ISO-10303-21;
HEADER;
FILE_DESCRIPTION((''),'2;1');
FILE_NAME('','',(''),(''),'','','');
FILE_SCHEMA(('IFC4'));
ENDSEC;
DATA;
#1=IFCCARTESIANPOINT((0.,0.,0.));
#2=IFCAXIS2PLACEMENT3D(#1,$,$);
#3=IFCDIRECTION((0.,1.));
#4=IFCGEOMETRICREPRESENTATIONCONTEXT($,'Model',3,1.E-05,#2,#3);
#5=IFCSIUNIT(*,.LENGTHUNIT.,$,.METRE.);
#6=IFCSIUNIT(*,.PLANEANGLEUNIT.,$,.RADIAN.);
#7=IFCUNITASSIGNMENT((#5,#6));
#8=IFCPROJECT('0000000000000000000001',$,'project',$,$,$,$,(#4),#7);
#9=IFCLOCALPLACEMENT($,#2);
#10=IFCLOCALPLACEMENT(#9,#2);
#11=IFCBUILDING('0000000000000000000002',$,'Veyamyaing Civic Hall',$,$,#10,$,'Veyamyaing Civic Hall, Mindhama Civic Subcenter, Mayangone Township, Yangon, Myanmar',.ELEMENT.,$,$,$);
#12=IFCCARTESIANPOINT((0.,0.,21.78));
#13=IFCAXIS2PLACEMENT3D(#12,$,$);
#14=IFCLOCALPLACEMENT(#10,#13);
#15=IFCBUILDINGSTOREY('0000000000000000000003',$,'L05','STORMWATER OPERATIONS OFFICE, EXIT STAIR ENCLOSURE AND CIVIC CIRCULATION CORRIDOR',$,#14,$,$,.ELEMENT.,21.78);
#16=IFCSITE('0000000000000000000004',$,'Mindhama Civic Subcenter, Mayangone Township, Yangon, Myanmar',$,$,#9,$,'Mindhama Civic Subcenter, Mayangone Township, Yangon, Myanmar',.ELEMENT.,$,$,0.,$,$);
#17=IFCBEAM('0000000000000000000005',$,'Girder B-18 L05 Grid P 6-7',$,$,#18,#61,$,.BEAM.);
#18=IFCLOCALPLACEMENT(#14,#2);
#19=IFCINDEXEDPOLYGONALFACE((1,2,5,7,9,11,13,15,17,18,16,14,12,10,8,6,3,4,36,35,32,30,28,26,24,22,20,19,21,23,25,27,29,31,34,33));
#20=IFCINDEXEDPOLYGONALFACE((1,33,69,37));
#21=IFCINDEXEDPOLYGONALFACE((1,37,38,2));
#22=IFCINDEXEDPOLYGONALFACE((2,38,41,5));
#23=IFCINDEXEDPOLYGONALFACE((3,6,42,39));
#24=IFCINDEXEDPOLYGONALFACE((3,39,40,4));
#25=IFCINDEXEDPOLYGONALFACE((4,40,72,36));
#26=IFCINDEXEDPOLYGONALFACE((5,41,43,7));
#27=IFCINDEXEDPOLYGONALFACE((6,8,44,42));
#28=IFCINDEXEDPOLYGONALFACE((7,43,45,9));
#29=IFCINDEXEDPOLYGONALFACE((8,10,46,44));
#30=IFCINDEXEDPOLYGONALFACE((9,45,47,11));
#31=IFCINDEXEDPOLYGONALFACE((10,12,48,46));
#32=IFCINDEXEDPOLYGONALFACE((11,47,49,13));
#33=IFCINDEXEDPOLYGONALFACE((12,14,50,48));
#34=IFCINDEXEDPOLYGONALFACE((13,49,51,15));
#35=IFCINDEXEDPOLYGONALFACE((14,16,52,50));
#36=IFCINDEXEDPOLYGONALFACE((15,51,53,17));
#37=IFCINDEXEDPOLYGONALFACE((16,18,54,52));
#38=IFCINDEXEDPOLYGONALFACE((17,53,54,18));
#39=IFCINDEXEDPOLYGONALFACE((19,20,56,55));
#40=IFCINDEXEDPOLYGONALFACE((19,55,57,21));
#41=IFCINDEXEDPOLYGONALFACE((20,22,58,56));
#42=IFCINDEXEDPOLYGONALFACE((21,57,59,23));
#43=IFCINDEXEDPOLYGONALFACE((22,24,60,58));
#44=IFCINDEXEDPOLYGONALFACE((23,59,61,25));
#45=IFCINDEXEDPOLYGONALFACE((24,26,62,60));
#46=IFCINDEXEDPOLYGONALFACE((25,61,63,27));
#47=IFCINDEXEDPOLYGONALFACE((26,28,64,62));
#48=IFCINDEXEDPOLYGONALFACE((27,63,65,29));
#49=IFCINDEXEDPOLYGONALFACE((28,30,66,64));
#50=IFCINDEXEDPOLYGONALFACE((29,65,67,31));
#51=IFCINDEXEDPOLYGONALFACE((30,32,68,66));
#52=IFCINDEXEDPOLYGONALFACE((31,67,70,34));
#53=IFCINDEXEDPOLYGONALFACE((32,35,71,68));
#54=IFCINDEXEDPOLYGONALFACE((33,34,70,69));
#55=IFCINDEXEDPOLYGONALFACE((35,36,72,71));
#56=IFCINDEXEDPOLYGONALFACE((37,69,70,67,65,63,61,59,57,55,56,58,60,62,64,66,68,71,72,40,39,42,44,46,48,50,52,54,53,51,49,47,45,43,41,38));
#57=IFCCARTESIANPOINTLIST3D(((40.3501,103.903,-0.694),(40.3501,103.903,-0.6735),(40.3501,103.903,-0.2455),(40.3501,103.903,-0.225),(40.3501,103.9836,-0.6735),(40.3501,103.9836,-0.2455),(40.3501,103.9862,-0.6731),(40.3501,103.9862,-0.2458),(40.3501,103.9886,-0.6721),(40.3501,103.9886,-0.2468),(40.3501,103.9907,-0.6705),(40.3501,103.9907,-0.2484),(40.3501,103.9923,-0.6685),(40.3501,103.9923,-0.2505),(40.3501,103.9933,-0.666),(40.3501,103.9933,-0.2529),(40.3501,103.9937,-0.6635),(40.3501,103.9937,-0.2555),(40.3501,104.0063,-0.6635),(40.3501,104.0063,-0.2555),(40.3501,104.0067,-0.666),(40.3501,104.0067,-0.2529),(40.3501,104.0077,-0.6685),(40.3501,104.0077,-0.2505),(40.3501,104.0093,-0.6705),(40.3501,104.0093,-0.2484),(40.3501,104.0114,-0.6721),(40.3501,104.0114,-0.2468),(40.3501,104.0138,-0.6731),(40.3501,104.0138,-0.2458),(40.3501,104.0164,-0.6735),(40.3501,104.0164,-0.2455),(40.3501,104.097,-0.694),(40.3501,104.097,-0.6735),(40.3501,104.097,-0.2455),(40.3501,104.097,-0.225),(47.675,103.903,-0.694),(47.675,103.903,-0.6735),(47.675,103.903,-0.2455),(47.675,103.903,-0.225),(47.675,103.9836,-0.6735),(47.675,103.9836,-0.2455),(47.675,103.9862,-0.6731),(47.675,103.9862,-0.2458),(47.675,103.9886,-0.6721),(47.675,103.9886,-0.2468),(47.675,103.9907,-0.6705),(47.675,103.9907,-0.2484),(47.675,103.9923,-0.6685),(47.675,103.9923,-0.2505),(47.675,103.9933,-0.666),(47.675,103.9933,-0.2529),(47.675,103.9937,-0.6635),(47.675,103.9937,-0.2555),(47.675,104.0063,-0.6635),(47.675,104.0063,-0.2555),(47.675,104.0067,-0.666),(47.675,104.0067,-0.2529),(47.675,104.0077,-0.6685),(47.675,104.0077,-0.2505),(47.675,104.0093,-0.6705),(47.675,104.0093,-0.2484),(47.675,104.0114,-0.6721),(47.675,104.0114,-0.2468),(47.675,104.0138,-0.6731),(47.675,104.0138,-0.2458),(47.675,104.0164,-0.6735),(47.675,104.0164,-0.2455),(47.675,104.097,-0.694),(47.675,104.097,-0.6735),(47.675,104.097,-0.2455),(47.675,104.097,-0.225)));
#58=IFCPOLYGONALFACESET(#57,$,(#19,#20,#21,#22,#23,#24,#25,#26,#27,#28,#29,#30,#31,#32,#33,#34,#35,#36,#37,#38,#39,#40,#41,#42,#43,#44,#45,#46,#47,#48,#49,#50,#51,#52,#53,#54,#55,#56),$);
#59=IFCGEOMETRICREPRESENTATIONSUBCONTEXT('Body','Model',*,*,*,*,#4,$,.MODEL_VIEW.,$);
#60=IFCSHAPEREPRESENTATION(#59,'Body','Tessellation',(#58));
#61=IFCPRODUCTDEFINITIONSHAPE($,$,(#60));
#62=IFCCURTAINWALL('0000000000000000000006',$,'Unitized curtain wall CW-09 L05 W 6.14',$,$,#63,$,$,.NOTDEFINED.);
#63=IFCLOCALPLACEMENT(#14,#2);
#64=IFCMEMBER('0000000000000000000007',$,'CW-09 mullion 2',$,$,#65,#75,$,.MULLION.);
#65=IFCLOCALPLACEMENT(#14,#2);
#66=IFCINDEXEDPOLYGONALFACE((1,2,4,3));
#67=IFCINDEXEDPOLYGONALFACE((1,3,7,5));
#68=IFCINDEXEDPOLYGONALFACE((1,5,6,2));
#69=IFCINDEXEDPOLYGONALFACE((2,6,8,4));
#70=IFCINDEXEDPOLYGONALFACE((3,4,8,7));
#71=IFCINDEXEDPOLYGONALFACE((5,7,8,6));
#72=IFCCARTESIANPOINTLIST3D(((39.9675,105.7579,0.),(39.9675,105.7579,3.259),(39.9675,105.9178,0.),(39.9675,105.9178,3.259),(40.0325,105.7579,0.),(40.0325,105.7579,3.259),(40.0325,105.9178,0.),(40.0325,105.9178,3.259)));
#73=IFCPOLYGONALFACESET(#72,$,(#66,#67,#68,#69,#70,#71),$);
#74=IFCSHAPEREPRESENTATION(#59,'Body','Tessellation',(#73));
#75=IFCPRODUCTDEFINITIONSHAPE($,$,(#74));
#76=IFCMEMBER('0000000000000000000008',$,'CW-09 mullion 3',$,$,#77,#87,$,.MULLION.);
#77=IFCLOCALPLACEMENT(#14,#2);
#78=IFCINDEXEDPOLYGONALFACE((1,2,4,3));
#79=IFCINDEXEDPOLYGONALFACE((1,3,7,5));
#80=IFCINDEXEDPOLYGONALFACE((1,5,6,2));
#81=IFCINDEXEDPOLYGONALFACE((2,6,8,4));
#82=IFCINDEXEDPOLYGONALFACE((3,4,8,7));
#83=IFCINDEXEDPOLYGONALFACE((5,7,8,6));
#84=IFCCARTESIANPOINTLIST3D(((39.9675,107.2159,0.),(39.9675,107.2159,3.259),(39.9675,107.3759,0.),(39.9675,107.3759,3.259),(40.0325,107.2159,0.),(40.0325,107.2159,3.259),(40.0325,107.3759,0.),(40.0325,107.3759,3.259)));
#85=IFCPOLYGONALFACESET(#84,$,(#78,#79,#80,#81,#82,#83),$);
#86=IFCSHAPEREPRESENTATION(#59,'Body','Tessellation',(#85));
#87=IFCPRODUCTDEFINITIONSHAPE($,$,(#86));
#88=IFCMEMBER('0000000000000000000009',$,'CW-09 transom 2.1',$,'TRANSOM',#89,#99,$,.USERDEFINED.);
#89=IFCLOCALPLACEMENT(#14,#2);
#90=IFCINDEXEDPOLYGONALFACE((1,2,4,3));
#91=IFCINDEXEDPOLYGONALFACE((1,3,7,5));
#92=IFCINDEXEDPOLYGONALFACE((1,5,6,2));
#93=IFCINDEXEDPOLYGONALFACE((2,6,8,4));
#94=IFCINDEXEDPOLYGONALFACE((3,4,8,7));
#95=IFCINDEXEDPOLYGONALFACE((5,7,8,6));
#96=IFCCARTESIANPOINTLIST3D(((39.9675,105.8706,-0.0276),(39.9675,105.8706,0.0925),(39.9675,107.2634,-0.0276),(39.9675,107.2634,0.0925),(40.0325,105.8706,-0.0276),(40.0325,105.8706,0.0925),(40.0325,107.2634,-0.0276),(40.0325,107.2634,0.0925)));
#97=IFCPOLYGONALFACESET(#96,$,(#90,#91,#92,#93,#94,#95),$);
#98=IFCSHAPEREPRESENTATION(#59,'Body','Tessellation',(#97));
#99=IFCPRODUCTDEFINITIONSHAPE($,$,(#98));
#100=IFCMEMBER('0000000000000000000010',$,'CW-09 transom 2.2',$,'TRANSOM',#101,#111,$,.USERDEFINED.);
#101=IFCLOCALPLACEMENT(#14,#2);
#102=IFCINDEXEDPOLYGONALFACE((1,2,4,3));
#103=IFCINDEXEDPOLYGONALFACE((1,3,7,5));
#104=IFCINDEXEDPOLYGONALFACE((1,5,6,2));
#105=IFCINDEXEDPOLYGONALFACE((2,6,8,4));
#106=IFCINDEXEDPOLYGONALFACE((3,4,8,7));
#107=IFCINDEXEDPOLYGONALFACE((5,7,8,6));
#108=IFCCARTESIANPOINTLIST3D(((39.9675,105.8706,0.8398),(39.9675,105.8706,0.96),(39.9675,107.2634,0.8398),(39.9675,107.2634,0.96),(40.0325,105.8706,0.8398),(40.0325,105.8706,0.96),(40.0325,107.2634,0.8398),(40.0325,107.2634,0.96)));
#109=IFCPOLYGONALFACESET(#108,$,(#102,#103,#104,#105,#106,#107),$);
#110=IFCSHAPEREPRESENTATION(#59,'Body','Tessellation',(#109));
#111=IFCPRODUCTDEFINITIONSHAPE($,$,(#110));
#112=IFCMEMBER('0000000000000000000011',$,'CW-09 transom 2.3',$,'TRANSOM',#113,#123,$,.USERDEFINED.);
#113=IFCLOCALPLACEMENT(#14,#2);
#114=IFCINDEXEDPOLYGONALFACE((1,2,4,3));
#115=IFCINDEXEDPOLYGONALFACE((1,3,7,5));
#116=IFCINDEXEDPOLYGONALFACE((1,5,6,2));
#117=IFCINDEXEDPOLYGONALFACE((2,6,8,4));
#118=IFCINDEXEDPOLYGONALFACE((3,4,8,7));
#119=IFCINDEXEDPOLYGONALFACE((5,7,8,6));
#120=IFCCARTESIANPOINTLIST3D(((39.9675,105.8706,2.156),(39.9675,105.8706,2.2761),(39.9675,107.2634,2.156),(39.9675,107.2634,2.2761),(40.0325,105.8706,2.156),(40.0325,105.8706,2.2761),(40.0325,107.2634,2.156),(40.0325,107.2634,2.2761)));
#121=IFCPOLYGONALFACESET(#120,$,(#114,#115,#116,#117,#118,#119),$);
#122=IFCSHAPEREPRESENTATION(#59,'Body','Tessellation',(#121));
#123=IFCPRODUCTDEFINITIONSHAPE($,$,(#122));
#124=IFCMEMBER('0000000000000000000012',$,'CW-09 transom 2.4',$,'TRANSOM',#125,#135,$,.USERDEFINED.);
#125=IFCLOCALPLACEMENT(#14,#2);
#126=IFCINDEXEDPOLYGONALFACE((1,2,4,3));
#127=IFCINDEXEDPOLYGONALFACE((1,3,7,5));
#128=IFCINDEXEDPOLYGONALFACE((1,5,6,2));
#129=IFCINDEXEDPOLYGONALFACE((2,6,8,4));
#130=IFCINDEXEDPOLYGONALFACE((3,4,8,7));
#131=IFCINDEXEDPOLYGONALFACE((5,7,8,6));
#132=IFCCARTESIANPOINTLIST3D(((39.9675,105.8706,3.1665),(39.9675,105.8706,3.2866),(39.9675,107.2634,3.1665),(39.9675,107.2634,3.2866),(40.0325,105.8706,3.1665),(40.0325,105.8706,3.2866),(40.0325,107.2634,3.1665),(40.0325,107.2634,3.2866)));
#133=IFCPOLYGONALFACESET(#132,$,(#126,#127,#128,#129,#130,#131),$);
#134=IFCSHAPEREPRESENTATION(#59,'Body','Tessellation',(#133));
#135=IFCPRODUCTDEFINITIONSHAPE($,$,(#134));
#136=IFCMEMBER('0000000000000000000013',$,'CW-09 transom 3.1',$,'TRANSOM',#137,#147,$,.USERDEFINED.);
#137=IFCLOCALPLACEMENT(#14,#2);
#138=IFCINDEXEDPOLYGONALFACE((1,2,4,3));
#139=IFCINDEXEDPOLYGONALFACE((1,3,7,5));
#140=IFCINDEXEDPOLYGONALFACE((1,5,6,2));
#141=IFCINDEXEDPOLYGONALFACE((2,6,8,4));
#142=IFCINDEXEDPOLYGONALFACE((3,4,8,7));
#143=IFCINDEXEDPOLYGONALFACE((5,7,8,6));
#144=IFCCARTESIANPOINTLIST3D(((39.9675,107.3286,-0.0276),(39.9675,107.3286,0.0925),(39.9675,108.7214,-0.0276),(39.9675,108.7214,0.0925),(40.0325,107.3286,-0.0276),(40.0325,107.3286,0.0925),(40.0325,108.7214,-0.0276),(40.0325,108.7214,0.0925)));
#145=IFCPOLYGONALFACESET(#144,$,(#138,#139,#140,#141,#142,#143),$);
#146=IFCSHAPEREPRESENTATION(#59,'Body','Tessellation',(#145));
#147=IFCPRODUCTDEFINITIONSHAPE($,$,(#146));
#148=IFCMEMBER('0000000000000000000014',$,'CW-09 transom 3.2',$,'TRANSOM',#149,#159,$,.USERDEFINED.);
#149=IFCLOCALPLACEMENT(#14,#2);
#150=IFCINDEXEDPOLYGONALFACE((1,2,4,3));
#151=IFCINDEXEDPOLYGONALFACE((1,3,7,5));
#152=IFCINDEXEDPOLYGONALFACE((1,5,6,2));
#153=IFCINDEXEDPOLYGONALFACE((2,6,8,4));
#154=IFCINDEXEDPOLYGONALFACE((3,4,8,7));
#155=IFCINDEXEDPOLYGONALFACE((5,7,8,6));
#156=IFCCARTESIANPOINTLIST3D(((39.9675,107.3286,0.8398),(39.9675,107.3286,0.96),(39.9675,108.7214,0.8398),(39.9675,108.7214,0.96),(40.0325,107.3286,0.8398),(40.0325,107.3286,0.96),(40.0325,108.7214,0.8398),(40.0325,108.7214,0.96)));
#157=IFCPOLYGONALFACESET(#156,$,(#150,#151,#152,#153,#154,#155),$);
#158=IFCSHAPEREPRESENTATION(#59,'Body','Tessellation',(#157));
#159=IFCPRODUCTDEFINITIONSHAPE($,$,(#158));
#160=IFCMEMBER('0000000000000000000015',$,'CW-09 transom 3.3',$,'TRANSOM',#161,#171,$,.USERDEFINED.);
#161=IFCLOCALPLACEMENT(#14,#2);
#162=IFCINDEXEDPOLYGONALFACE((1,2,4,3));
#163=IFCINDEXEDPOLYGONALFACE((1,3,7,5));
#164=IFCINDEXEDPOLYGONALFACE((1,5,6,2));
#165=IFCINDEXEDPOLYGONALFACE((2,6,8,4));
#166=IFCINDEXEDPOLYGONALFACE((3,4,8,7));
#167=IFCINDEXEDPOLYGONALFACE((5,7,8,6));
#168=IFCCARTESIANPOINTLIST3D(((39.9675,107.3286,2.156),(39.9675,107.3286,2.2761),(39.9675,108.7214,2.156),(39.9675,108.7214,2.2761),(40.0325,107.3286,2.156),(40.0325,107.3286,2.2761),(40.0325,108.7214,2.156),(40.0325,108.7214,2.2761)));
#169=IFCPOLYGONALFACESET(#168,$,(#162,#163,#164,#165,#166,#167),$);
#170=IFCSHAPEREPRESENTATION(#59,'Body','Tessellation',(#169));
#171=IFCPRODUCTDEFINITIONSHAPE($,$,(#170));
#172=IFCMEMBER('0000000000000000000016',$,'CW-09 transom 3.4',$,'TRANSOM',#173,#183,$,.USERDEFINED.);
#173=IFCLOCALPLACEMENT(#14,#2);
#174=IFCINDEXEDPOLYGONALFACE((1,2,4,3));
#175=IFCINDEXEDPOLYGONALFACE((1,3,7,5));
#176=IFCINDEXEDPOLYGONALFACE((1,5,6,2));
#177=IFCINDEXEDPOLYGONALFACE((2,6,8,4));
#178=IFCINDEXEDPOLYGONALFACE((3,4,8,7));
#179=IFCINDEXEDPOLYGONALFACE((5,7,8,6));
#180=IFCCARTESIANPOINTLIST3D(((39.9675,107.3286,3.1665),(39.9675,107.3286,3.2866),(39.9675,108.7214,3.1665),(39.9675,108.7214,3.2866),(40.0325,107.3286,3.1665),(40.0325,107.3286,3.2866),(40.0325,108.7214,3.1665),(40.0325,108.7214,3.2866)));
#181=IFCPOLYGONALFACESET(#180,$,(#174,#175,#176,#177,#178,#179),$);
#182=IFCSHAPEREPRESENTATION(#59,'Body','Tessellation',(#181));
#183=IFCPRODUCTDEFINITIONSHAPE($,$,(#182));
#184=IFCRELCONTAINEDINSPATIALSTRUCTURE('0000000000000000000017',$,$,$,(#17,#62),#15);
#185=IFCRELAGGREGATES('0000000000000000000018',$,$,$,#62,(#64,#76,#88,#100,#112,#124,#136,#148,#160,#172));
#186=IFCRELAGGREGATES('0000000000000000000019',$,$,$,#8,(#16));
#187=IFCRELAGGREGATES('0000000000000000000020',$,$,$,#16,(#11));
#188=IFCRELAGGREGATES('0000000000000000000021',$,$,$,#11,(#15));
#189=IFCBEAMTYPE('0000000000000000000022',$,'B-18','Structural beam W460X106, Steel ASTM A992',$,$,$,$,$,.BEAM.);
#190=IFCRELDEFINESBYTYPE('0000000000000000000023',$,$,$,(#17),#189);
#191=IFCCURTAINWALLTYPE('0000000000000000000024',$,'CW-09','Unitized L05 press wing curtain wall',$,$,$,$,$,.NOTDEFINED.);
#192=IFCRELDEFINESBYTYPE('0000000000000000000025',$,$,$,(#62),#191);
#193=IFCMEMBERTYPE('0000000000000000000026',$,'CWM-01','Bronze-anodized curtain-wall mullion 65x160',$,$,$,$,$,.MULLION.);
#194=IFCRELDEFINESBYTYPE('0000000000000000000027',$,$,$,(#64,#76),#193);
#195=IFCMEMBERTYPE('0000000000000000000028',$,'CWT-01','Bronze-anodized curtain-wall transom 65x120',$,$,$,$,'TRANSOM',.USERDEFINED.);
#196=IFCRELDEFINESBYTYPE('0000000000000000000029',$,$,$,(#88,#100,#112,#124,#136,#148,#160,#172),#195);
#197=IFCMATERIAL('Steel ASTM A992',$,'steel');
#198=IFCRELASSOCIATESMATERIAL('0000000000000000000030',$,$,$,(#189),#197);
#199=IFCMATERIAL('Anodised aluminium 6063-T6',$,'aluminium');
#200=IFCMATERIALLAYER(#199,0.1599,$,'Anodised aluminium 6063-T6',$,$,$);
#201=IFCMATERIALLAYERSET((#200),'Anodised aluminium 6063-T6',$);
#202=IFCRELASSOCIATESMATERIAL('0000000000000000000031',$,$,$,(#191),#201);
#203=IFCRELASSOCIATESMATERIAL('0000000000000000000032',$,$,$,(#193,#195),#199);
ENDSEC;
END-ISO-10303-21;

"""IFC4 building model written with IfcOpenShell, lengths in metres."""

from ifc_helpers import new_model, si_unit, direction, frame, origin, origin_2d, place, context, subcontext, project, spatial, rectangle, i_section, extrude, material, layer, layer_set, material_profile, profile_set, type_object, element, aggregate, save


model = new_model("IFC4")

# Units and contexts
model_context = context("Model", 3, precision=1e-05, world=origin(), true_north=direction((0.0, 1.0)))
body_context = subcontext(model_context, "Body", "Model", "MODEL_VIEW")
ifc_project = project(units=[si_unit("LENGTHUNIT", "METRE"), si_unit("PLANEANGLEUNIT", "RADIAN")], contexts=[model_context])

# Site, building, storey
site_placement = place(None, origin())
site = spatial("IfcSite", under=ifc_project, at=site_placement, Name="Mindhama Civic Subcenter, Mayangone Township, Yangon, Myanmar", LongName="Mindhama Civic Subcenter, Mayangone Township, Yangon, Myanmar", CompositionType="ELEMENT", RefElevation=0.0)
building_placement = place(site_placement, origin())
building = spatial("IfcBuilding", under=site, at=building_placement, Name="Veyamyaing Civic Hall", LongName="Veyamyaing Civic Hall, Mindhama Civic Subcenter, Mayangone Township, Yangon, Myanmar", CompositionType="ELEMENT")
storey_placement = place(building_placement, frame((0.0, 0.0, 21.78)))
storey = spatial("IfcBuildingStorey", under=building, at=storey_placement, Name="L05", Description="STORMWATER OPERATIONS OFFICE, EXIT STAIR ENCLOSURE AND CIVIC CIRCULATION CORRIDOR", CompositionType="ELEMENT", Elevation=21.78)

# Beam
ifc_material_1 = material(Name="Steel ASTM A992", Category="steel")
ifc_material_profile_1 = material_profile(ifc_material_1, i_section(OverallWidth=0.1941, OverallDepth=0.469, WebThickness=0.0127, FlangeThickness=0.0205, FilletRadius=0.01, at=origin_2d()), Name="W460X106")
ifc_profile_set_1 = profile_set([ifc_material_profile_1], Name="Steel ASTM A992")
beam_type_1 = type_object("IfcBeamType", Name="B-18", Description="Structural beam W460X106, Steel ASTM A992", PredefinedType="BEAM", material=ifc_profile_set_1)
beam_1_placement = place(storey_placement, frame((40.3501, 104.0, -0.4595), z_axis=(1.0, 0.0, 0.0), x_axis=(0.0, 1.0, 0.0)))
element("IfcBeam", 1, at=beam_1_placement, inside=storey, type_object=beam_type_1, Name="Girder B-18 L05 Grid P 6-7", PredefinedType="BEAM", context=body_context, shape_type="SweptSolid", body=[
    extrude(i_section(OverallWidth=0.1941, OverallDepth=0.469, WebThickness=0.0127, FlangeThickness=0.0205, FilletRadius=0.01, at=origin_2d()), origin(), (0.0, 0.0, 1.0), 7.325),
])

# Curtain wall, members
ifc_material_2 = material(Name="Anodised aluminium 6063-T6", Category="aluminium")
ifc_layer_1 = layer(ifc_material_2, 0.1599, Name="Anodised aluminium 6063-T6")
ifc_layer_set_1 = layer_set([ifc_layer_1], Name="Anodised aluminium 6063-T6")
curtain_wall_type = type_object("IfcCurtainWallType", Name="CW-09", Description="Unitized L05 press wing curtain wall", PredefinedType="NOTDEFINED", material=ifc_layer_set_1)
curtain_wall_placement = place(storey_placement, origin())
curtain_wall = element("IfcCurtainWall", 2, at=curtain_wall_placement, inside=storey, type_object=curtain_wall_type, Name="Unitized curtain wall CW-09 L05 W 6.14", PredefinedType="NOTDEFINED")
ifc_material_profile_2 = material_profile(ifc_material_2, rectangle(XDim=0.0649, YDim=0.1599, at=origin_2d()), Name="ALU-MUL-65X160")
ifc_profile_set_2 = profile_set([ifc_material_profile_2], Name="Anodised aluminium 6063-T6")
member_type_1 = type_object("IfcMemberType", Name="CWM-01", Description="Bronze-anodized curtain-wall mullion 65x160", PredefinedType="MULLION", material=ifc_profile_set_2)
member_1_placement = place(storey_placement, frame((40.0, 105.8379, 0.0), z_axis=(0.0, 0.0, 1.0), x_axis=(-1.0, 0.0, 0.0)))
member_1 = element("IfcMember", 3, at=member_1_placement, type_object=member_type_1, Name="CW-09 mullion 2", PredefinedType="MULLION", context=body_context, shape_type="SweptSolid", body=[
    extrude(rectangle(XDim=0.0649, YDim=0.1599, at=origin_2d()), origin(), (0.0, 0.0, 1.0), 3.259),
])
member_2_placement = place(storey_placement, frame((40.0, 107.2959, 0.0), z_axis=(0.0, 0.0, 1.0), x_axis=(-1.0, 0.0, 0.0)))
member_2 = element("IfcMember", 4, at=member_2_placement, type_object=member_type_1, Name="CW-09 mullion 3", PredefinedType="MULLION", context=body_context, shape_type="SweptSolid", body=[
    extrude(rectangle(XDim=0.0649, YDim=0.1599, at=origin_2d()), origin(), (0.0, 0.0, 1.0), 3.259),
])
ifc_material_profile_3 = material_profile(ifc_material_2, rectangle(XDim=0.0649, YDim=0.1201, at=origin_2d()), Name="ALU-TRN-65X120")
ifc_profile_set_3 = profile_set([ifc_material_profile_3], Name="Anodised aluminium 6063-T6")
member_type_2 = type_object("IfcMemberType", Name="CWT-01", Description="Bronze-anodized curtain-wall transom 65x120", ElementType="TRANSOM", PredefinedType="USERDEFINED", material=ifc_profile_set_3)
member_3_placement = place(storey_placement, frame((40.0, 105.8706, 0.0325), z_axis=(0.0, 1.0, 0.0), x_axis=(-1.0, 0.0, 0.0)))
member_3 = element("IfcMember", 5, at=member_3_placement, type_object=member_type_2, Name="CW-09 transom 2.1", ObjectType="TRANSOM", PredefinedType="USERDEFINED", context=body_context, shape_type="SweptSolid", body=[
    extrude(rectangle(XDim=0.0649, YDim=0.1201, at=origin_2d()), origin(), (0.0, 0.0, 1.0), 1.3928),
])
member_4_placement = place(storey_placement, frame((40.0, 105.8706, 0.8999), z_axis=(0.0, 1.0, 0.0), x_axis=(-1.0, 0.0, 0.0)))
member_4 = element("IfcMember", 6, at=member_4_placement, type_object=member_type_2, Name="CW-09 transom 2.2", ObjectType="TRANSOM", PredefinedType="USERDEFINED", context=body_context, shape_type="SweptSolid", body=[
    extrude(rectangle(XDim=0.0649, YDim=0.1201, at=origin_2d()), origin(), (0.0, 0.0, 1.0), 1.3928),
])
member_5_placement = place(storey_placement, frame((40.0, 105.8706, 2.2161), z_axis=(0.0, 1.0, 0.0), x_axis=(-1.0, 0.0, 0.0)))
member_5 = element("IfcMember", 7, at=member_5_placement, type_object=member_type_2, Name="CW-09 transom 2.3", ObjectType="TRANSOM", PredefinedType="USERDEFINED", context=body_context, shape_type="SweptSolid", body=[
    extrude(rectangle(XDim=0.0649, YDim=0.1201, at=origin_2d()), origin(), (0.0, 0.0, 1.0), 1.3928),
])
member_6_placement = place(storey_placement, frame((40.0, 105.8706, 3.2266), z_axis=(0.0, 1.0, 0.0), x_axis=(-1.0, 0.0, 0.0)))
member_6 = element("IfcMember", 8, at=member_6_placement, type_object=member_type_2, Name="CW-09 transom 2.4", ObjectType="TRANSOM", PredefinedType="USERDEFINED", context=body_context, shape_type="SweptSolid", body=[
    extrude(rectangle(XDim=0.0649, YDim=0.1201, at=origin_2d()), origin(), (0.0, 0.0, 1.0), 1.3928),
])
member_7_placement = place(storey_placement, frame((40.0, 107.3286, 0.0325), z_axis=(0.0, 1.0, 0.0), x_axis=(-1.0, 0.0, 0.0)))
member_7 = element("IfcMember", 9, at=member_7_placement, type_object=member_type_2, Name="CW-09 transom 3.1", ObjectType="TRANSOM", PredefinedType="USERDEFINED", context=body_context, shape_type="SweptSolid", body=[
    extrude(rectangle(XDim=0.0649, YDim=0.1201, at=origin_2d()), origin(), (0.0, 0.0, 1.0), 1.3928),
])
member_8_placement = place(storey_placement, frame((40.0, 107.3286, 0.8999), z_axis=(0.0, 1.0, 0.0), x_axis=(-1.0, 0.0, 0.0)))
member_8 = element("IfcMember", 10, at=member_8_placement, type_object=member_type_2, Name="CW-09 transom 3.2", ObjectType="TRANSOM", PredefinedType="USERDEFINED", context=body_context, shape_type="SweptSolid", body=[
    extrude(rectangle(XDim=0.0649, YDim=0.1201, at=origin_2d()), origin(), (0.0, 0.0, 1.0), 1.3928),
])
member_9_placement = place(storey_placement, frame((40.0, 107.3286, 2.2161), z_axis=(0.0, 1.0, 0.0), x_axis=(-1.0, 0.0, 0.0)))
member_9 = element("IfcMember", 11, at=member_9_placement, type_object=member_type_2, Name="CW-09 transom 3.3", ObjectType="TRANSOM", PredefinedType="USERDEFINED", context=body_context, shape_type="SweptSolid", body=[
    extrude(rectangle(XDim=0.0649, YDim=0.1201, at=origin_2d()), origin(), (0.0, 0.0, 1.0), 1.3928),
])
member_10_placement = place(storey_placement, frame((40.0, 107.3286, 3.2266), z_axis=(0.0, 1.0, 0.0), x_axis=(-1.0, 0.0, 0.0)))
member_10 = element("IfcMember", 12, at=member_10_placement, type_object=member_type_2, Name="CW-09 transom 3.4", ObjectType="TRANSOM", PredefinedType="USERDEFINED", context=body_context, shape_type="SweptSolid", body=[
    extrude(rectangle(XDim=0.0649, YDim=0.1201, at=origin_2d()), origin(), (0.0, 0.0, 1.0), 1.3928),
])

aggregate(curtain_wall, [member_1, member_2, member_3, member_4, member_5, member_6, member_7, member_8, member_9, member_10])

save(model, "model.ifc")
